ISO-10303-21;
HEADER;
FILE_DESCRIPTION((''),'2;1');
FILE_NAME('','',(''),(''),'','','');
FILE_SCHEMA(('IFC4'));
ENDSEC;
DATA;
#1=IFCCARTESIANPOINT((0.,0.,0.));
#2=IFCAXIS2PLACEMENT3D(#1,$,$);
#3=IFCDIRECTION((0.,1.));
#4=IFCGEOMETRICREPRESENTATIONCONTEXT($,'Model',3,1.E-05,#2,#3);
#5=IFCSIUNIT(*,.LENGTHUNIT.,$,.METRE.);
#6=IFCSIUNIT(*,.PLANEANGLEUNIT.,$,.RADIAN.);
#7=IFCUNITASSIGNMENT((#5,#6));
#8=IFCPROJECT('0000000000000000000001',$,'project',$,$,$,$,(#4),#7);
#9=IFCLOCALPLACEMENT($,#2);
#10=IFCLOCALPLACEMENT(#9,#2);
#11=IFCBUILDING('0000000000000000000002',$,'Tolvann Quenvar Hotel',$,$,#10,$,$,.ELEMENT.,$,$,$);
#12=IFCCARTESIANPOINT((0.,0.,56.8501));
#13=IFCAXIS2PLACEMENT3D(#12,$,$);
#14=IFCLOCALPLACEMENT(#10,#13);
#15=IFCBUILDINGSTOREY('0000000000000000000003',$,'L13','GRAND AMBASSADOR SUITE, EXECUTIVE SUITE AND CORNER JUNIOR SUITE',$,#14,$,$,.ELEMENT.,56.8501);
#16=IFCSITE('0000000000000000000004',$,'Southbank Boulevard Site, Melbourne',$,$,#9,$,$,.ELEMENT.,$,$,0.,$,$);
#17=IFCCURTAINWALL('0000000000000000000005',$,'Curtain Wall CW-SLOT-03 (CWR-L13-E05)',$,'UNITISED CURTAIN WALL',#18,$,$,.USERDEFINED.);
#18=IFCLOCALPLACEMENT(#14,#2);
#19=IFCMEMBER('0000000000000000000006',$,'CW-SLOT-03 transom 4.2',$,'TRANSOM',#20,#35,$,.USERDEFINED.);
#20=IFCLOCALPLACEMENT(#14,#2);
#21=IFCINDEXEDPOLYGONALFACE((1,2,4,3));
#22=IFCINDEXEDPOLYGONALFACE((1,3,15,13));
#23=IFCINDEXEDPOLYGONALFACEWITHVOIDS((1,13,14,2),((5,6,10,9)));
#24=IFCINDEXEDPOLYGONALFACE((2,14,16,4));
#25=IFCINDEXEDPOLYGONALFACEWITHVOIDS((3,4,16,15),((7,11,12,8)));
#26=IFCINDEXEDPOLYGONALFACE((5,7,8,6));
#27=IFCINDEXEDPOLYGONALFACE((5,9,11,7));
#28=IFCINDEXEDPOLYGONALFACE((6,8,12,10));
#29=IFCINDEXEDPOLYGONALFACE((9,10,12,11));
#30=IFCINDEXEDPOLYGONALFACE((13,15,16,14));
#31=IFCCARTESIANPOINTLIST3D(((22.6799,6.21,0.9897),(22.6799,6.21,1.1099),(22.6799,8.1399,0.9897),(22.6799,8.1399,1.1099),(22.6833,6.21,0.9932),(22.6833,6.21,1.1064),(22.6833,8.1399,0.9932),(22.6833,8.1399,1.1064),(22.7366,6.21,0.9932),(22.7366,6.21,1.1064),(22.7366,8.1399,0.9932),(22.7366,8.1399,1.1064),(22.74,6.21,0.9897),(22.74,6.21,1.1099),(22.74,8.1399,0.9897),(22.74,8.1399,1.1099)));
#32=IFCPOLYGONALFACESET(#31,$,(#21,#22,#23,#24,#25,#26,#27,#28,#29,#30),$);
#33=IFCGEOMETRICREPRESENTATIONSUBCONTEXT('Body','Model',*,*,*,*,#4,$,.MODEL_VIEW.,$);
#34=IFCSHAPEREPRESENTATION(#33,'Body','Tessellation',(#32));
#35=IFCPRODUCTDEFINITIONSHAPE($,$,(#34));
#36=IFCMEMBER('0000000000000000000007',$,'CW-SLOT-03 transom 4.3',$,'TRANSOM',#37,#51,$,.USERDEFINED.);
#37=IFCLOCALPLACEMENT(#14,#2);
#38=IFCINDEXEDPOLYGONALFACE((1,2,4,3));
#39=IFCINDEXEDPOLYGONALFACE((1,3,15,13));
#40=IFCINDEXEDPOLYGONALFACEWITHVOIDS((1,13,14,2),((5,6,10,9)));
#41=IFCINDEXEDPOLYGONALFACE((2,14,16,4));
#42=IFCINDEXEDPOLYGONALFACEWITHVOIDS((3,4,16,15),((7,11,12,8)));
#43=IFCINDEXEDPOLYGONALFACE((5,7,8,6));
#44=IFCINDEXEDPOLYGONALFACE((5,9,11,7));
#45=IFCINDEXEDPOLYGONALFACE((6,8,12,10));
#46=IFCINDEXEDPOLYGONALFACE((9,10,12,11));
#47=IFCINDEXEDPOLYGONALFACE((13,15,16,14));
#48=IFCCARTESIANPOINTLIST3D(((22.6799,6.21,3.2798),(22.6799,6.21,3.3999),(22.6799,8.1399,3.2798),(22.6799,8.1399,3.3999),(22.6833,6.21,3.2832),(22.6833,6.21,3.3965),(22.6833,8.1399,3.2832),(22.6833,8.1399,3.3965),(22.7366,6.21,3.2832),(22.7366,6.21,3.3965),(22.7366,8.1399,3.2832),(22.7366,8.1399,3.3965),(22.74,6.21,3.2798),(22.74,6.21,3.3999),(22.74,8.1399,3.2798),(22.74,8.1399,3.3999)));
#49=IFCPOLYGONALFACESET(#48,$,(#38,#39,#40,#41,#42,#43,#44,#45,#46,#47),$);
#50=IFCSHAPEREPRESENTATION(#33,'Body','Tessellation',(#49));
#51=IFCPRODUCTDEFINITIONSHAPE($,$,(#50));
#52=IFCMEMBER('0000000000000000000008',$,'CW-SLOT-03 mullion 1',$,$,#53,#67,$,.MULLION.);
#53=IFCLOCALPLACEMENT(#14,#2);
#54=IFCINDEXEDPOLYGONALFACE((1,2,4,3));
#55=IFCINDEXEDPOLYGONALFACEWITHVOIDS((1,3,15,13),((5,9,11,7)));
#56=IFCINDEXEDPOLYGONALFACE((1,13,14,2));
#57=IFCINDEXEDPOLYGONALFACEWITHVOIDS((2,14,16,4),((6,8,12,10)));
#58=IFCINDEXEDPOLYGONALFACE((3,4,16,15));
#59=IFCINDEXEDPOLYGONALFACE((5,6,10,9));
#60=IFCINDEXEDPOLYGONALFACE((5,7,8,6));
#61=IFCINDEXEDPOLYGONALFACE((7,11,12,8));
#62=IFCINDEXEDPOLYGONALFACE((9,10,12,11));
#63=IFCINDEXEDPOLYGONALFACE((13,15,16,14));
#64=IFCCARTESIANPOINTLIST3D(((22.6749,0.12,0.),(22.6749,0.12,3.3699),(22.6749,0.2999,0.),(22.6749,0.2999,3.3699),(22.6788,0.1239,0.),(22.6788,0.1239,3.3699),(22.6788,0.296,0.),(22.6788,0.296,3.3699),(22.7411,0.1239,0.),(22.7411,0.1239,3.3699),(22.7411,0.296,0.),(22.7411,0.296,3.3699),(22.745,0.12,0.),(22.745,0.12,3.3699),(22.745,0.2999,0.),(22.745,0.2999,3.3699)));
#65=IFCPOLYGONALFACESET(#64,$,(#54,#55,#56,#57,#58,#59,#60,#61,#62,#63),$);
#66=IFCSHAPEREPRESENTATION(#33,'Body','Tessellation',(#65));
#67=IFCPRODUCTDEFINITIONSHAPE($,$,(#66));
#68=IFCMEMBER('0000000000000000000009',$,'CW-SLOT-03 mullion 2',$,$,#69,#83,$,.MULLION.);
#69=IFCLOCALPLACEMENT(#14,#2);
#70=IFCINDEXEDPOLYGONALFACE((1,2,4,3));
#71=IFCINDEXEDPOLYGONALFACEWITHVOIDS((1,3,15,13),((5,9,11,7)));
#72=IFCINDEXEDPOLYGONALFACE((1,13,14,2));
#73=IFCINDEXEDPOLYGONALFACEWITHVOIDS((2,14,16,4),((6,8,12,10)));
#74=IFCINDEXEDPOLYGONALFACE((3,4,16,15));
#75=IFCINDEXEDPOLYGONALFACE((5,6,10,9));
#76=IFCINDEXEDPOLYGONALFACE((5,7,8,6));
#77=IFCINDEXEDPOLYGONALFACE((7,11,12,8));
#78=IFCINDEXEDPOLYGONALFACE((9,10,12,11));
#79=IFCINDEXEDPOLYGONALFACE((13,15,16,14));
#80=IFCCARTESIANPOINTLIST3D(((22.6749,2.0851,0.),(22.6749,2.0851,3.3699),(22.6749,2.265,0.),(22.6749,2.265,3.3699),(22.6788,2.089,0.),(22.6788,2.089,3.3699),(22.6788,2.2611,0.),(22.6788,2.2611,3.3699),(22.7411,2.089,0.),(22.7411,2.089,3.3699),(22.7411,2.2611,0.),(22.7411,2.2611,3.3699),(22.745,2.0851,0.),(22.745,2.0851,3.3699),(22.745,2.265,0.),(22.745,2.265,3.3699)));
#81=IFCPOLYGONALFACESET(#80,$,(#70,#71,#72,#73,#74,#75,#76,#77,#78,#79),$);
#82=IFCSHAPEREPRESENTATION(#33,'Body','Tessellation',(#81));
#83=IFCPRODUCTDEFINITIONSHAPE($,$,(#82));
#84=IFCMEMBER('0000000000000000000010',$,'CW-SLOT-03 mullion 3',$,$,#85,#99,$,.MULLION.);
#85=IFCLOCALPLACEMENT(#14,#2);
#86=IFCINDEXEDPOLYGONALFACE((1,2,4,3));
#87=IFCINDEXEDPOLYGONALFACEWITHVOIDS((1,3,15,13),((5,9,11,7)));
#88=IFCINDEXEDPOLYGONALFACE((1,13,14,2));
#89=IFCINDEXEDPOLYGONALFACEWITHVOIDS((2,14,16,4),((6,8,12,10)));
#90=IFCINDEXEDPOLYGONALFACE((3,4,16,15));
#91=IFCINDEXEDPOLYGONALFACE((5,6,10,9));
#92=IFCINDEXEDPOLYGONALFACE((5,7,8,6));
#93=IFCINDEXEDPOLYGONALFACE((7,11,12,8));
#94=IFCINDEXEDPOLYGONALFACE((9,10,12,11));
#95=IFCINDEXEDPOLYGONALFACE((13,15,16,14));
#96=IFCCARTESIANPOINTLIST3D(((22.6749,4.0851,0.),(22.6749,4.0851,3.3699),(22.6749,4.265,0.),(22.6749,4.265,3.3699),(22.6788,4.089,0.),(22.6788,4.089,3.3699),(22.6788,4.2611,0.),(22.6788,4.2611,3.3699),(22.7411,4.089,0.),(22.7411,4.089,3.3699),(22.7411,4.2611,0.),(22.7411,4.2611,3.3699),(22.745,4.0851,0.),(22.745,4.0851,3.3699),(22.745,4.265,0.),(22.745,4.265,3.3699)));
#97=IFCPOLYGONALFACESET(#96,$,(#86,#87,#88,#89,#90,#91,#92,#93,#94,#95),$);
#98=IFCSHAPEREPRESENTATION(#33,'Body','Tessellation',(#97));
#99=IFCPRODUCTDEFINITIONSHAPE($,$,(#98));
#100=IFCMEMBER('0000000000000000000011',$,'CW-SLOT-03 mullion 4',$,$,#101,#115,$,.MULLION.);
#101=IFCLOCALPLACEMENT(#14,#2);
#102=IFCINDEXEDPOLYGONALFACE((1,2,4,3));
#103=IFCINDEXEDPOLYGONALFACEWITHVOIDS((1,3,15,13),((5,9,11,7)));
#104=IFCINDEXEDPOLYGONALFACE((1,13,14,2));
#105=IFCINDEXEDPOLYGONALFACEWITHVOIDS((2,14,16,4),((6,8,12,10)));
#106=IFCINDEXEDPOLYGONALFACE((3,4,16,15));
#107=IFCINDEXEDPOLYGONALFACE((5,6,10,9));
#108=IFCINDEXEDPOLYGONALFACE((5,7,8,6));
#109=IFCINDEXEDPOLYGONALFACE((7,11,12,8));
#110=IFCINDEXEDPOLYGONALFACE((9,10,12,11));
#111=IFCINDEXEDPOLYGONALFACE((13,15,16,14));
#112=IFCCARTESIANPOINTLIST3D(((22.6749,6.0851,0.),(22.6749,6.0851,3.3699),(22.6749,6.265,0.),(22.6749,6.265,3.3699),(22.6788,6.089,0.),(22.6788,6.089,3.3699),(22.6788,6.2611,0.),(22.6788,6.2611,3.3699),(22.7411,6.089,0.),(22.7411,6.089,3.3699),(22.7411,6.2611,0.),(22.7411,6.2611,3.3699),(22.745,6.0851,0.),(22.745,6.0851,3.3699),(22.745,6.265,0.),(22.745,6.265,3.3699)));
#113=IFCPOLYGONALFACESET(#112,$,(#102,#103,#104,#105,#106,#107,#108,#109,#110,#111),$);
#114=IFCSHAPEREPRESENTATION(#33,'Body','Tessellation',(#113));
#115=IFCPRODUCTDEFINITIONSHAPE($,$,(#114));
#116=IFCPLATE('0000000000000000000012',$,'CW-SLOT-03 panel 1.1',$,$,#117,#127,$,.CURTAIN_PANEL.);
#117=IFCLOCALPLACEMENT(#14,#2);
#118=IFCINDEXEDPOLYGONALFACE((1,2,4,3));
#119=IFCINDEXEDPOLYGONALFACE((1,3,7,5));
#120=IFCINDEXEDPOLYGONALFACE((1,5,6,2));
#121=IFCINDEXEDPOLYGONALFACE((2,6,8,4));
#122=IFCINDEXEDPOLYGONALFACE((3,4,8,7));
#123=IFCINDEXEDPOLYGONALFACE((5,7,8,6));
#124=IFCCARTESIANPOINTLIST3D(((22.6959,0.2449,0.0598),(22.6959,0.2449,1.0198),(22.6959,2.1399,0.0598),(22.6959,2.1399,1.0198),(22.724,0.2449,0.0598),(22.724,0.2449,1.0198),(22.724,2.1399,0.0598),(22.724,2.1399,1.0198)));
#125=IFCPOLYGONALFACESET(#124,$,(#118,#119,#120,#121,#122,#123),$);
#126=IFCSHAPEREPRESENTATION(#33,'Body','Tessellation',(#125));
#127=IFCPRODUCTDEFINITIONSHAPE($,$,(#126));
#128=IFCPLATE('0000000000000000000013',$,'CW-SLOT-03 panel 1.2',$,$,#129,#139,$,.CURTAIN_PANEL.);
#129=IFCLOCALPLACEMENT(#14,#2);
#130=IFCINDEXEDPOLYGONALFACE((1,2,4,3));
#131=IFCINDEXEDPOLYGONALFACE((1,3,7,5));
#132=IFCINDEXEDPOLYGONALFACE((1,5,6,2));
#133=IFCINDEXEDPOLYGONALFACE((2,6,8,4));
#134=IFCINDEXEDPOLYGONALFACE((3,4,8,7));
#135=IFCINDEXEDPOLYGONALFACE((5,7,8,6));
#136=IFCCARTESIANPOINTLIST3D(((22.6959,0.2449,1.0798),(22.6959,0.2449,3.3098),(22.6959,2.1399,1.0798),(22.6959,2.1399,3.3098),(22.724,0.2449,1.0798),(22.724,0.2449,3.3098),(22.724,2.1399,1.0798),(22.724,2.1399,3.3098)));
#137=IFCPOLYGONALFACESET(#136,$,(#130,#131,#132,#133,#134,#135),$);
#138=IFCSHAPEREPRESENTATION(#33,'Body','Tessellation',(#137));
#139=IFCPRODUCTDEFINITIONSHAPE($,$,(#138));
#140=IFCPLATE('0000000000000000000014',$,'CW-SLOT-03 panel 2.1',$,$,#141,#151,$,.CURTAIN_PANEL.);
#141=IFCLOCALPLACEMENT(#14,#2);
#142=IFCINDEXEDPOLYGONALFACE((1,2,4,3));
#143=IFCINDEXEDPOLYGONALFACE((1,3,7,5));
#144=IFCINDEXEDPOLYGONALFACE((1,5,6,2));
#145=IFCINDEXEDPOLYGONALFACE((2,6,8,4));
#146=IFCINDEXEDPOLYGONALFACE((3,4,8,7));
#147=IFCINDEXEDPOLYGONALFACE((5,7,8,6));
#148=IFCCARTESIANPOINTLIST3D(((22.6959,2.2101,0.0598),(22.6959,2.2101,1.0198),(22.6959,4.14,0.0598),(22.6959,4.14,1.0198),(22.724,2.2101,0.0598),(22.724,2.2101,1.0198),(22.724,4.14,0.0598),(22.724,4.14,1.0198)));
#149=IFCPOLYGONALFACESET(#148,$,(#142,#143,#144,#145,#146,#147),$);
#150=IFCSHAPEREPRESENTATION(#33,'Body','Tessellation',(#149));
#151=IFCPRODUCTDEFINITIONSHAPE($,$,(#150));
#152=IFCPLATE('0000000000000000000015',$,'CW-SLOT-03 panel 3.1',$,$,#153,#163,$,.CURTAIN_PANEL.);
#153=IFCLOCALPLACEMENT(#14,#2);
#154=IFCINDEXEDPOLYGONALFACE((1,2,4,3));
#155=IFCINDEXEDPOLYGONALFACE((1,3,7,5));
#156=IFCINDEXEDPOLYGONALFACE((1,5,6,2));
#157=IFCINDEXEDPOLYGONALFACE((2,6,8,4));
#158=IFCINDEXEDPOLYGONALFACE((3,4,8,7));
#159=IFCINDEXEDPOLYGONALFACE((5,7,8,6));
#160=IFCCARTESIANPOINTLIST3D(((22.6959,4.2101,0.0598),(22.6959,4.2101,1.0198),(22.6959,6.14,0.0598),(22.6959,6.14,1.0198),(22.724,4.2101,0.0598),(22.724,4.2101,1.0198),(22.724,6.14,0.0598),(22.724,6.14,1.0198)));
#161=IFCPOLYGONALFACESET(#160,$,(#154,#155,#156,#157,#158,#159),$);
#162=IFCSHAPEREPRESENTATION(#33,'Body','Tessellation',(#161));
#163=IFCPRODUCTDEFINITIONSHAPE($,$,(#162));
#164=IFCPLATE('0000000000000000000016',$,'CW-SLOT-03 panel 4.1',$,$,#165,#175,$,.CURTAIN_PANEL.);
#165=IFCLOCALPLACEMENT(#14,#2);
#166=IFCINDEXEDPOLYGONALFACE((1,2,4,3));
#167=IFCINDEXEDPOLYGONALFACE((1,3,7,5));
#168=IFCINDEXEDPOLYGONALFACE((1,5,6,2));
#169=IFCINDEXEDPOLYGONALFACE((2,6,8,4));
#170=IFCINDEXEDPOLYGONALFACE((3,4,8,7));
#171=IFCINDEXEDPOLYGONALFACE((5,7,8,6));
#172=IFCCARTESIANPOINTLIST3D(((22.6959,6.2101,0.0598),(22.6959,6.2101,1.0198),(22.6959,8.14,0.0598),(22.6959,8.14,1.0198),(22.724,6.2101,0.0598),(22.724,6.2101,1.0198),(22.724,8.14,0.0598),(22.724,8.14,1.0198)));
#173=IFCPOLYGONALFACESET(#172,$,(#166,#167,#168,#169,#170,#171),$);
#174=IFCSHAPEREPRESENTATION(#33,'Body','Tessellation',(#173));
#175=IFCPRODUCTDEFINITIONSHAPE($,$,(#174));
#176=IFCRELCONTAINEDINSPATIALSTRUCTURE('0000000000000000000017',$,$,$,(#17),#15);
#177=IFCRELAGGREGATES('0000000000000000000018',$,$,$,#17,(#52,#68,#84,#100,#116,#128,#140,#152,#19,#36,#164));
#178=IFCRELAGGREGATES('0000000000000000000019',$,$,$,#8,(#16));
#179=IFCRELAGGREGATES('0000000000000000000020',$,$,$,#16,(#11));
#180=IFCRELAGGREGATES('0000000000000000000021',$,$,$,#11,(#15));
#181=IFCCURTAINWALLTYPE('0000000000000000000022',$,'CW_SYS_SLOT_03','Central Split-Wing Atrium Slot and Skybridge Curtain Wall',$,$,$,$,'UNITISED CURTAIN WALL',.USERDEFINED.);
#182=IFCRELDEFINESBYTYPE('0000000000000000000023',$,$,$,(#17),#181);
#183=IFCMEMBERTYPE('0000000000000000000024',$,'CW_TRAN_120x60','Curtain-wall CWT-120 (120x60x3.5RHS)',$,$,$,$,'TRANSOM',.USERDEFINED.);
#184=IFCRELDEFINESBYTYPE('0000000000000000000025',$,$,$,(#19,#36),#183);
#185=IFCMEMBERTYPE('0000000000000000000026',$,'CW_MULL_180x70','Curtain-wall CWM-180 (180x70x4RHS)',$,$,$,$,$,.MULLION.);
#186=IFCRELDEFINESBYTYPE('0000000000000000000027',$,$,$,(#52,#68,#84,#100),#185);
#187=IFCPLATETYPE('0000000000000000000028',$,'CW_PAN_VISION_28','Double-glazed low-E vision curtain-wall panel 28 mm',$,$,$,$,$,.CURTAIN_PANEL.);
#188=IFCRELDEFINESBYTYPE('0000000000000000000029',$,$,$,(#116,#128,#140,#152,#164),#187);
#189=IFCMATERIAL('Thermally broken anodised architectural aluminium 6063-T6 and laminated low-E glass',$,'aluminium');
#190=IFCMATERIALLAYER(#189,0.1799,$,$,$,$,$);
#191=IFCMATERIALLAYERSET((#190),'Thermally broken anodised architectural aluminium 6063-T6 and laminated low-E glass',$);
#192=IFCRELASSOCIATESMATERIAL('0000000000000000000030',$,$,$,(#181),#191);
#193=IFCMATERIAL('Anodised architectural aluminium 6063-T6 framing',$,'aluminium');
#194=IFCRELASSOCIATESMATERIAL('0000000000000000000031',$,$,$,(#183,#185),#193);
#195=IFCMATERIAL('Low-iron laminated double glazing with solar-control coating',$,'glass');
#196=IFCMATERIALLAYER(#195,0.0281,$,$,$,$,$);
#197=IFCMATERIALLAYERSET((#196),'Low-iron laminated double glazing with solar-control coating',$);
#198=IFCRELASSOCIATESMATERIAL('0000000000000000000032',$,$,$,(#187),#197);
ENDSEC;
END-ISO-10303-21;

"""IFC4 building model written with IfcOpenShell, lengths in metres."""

from ifc_helpers import new_model, si_unit, direction, frame, origin, origin_2d, place, context, subcontext, project, spatial, rectangle, hollow_rectangle, extrude, source, transform, mapped, material, layer, layer_set, material_profile, profile_set, type_object, type_shapes, element, aggregate, save


model = new_model("IFC4")

# Units and contexts
model_context = context("Model", 3, precision=1e-05, world=origin(), true_north=direction((0.0, 1.0)))
body_context = subcontext(model_context, "Body", "Model", "MODEL_VIEW")
ifc_project = project(units=[si_unit("LENGTHUNIT", "METRE"), si_unit("PLANEANGLEUNIT", "RADIAN")], contexts=[model_context])

# Site, building, storey
site_placement = place(None, origin())
site = spatial("IfcSite", under=ifc_project, at=site_placement, Name="Southbank Boulevard Site, Melbourne", CompositionType="ELEMENT", RefElevation=0.0)
building_placement = place(site_placement, origin())
building = spatial("IfcBuilding", under=site, at=building_placement, Name="Tolvann Quenvar Hotel", CompositionType="ELEMENT")
storey_placement = place(building_placement, frame((0.0, 0.0, 56.8501)))
storey = spatial("IfcBuildingStorey", under=building, at=storey_placement, Name="L13", Description="GRAND AMBASSADOR SUITE, EXECUTIVE SUITE AND CORNER JUNIOR SUITE", CompositionType="ELEMENT", Elevation=56.8501)

# Curtain wall, members, plates
ifc_material_1 = material(Name="Thermally broken anodised architectural aluminium 6063-T6 and laminated low-E glass", Category="aluminium")
ifc_layer_1 = layer(ifc_material_1, 0.1799)
ifc_layer_set_1 = layer_set([ifc_layer_1], Name="Thermally broken anodised architectural aluminium 6063-T6 and laminated low-E glass")
curtain_wall_type = type_object("IfcCurtainWallType", Name="CW_SYS_SLOT_03", Description="Central Split-Wing Atrium Slot and Skybridge Curtain Wall", ElementType="UNITISED CURTAIN WALL", PredefinedType="USERDEFINED", material=ifc_layer_set_1)
curtain_wall_placement = place(storey_placement, origin())
curtain_wall = element("IfcCurtainWall", 1, at=curtain_wall_placement, inside=storey, type_object=curtain_wall_type, Name="Curtain Wall CW-SLOT-03 (CWR-L13-E05)", ObjectType="UNITISED CURTAIN WALL", PredefinedType="USERDEFINED")
ifc_material_2 = material(Name="Anodised architectural aluminium 6063-T6 framing", Category="aluminium")
ifc_material_profile_1 = material_profile(ifc_material_2, hollow_rectangle(XDim=0.0601, YDim=0.1201, WallThickness=0.0034, at=origin_2d()), Name="120x60x3.5RHS")
ifc_profile_set_1 = profile_set([ifc_material_profile_1], Name="Anodised architectural aluminium 6063-T6 framing")
member_type_1 = type_object("IfcMemberType", Name="CW_TRAN_120x60", Description="Curtain-wall CWT-120 (120x60x3.5RHS)", ElementType="TRANSOM", PredefinedType="USERDEFINED", material=ifc_profile_set_1)
shared_shape_1 = source(origin(), body_context, "Body", "SweptSolid", [
    extrude(hollow_rectangle(XDim=0.0601, YDim=0.1201, WallThickness=0.0034, at=origin_2d()), origin(), (0.0, 0.0, 1.0), 1.9299),
])
member_1_placement = place(storey_placement, frame((22.71, 6.21, 1.0498), z_axis=(0.0, 1.0, 0.0), x_axis=(-1.0, 0.0, 0.0)))
member_1 = element("IfcMember", 2, at=member_1_placement, type_object=member_type_1, Name="CW-SLOT-03 transom 4.2", ObjectType="TRANSOM", PredefinedType="USERDEFINED", context=body_context, shape_type="MappedRepresentation", body=[
    mapped(shared_shape_1, transform((0.0, 0.0, 0.0), x_axis=(1.0, 0.0, 0.0), y_axis=(0.0, 1.0, 0.0), z_axis=(0.0, 0.0, 1.0), scale=1.0)),
])
member_2_placement = place(storey_placement, frame((22.71, 6.21, 3.3398), z_axis=(0.0, 1.0, 0.0), x_axis=(-1.0, 0.0, 0.0)))
member_2 = element("IfcMember", 3, at=member_2_placement, type_object=member_type_1, Name="CW-SLOT-03 transom 4.3", ObjectType="TRANSOM", PredefinedType="USERDEFINED", context=body_context, shape_type="MappedRepresentation", body=[
    mapped(shared_shape_1, transform((0.0, 0.0, 0.0), x_axis=(1.0, 0.0, 0.0), y_axis=(0.0, 1.0, 0.0), z_axis=(0.0, 0.0, 1.0), scale=1.0)),
])
ifc_material_profile_2 = material_profile(ifc_material_2, hollow_rectangle(XDim=0.0701, YDim=0.1799, WallThickness=0.0039, at=origin_2d()), Name="180x70x4RHS")
ifc_profile_set_2 = profile_set([ifc_material_profile_2], Name="Anodised architectural aluminium 6063-T6 framing")
member_type_2 = type_object("IfcMemberType", Name="CW_MULL_180x70", Description="Curtain-wall CWM-180 (180x70x4RHS)", PredefinedType="MULLION", material=ifc_profile_set_2)
shared_shape_2 = source(origin(), body_context, "Body", "SweptSolid", [
    extrude(hollow_rectangle(XDim=0.0701, YDim=0.1799, WallThickness=0.0039, at=origin_2d()), origin(), (0.0, 0.0, 1.0), 3.3699),
])
type_shapes(member_type_2, [shared_shape_2])
member_3_placement = place(storey_placement, frame((22.71, 0.21, 0.0), z_axis=(0.0, 0.0, 1.0), x_axis=(-1.0, 0.0, 0.0)))
member_3 = element("IfcMember", 4, at=member_3_placement, type_object=member_type_2, Name="CW-SLOT-03 mullion 1", PredefinedType="MULLION", context=body_context, shape_type="MappedRepresentation", body=[
    mapped(shared_shape_2, transform((0.0, 0.0, 0.0), x_axis=(1.0, 0.0, 0.0), y_axis=(0.0, 1.0, 0.0), z_axis=(0.0, 0.0, 1.0), scale=1.0)),
])
member_4_placement = place(storey_placement, frame((22.71, 2.175, 0.0), z_axis=(0.0, 0.0, 1.0), x_axis=(-1.0, 0.0, 0.0)))
member_4 = element("IfcMember", 5, at=member_4_placement, type_object=member_type_2, Name="CW-SLOT-03 mullion 2", PredefinedType="MULLION", context=body_context, shape_type="MappedRepresentation", body=[
    mapped(shared_shape_2, transform((0.0, 0.0, 0.0), x_axis=(1.0, 0.0, 0.0), y_axis=(0.0, 1.0, 0.0), z_axis=(0.0, 0.0, 1.0), scale=1.0)),
])
member_5_placement = place(storey_placement, frame((22.71, 4.175, 0.0), z_axis=(0.0, 0.0, 1.0), x_axis=(-1.0, 0.0, 0.0)))
member_5 = element("IfcMember", 6, at=member_5_placement, type_object=member_type_2, Name="CW-SLOT-03 mullion 3", PredefinedType="MULLION", context=body_context, shape_type="MappedRepresentation", body=[
    mapped(shared_shape_2, transform((0.0, 0.0, 0.0), x_axis=(1.0, 0.0, 0.0), y_axis=(0.0, 1.0, 0.0), z_axis=(0.0, 0.0, 1.0), scale=1.0)),
])
member_6_placement = place(storey_placement, frame((22.71, 6.175, 0.0), z_axis=(0.0, 0.0, 1.0), x_axis=(-1.0, 0.0, 0.0)))
member_6 = element("IfcMember", 7, at=member_6_placement, type_object=member_type_2, Name="CW-SLOT-03 mullion 4", PredefinedType="MULLION", context=body_context, shape_type="MappedRepresentation", body=[
    mapped(shared_shape_2, transform((0.0, 0.0, 0.0), x_axis=(1.0, 0.0, 0.0), y_axis=(0.0, 1.0, 0.0), z_axis=(0.0, 0.0, 1.0), scale=1.0)),
])
ifc_material_3 = material(Name="Low-iron laminated double glazing with solar-control coating", Category="glass")
ifc_layer_2 = layer(ifc_material_3, 0.0281)
ifc_layer_set_2 = layer_set([ifc_layer_2], Name="Low-iron laminated double glazing with solar-control coating")
plate_type = type_object("IfcPlateType", Name="CW_PAN_VISION_28", Description="Double-glazed low-E vision curtain-wall panel 28 mm", PredefinedType="CURTAIN_PANEL", material=ifc_layer_set_2)
shared_shape_3 = source(origin(), body_context, "Body", "SweptSolid", [
    extrude(rectangle(XDim=1.895, YDim=0.0281, at=origin_2d()), origin(), (0.0, 0.0, 1.0), 0.96),
])
plate_1_placement = place(storey_placement, frame((22.71, 1.1924, 0.0598), z_axis=(0.0, 0.0, 1.0), x_axis=(0.0, 1.0, 0.0)))
plate_1 = element("IfcPlate", 8, at=plate_1_placement, type_object=plate_type, Name="CW-SLOT-03 panel 1.1", PredefinedType="CURTAIN_PANEL", context=body_context, shape_type="MappedRepresentation", body=[
    mapped(shared_shape_3, transform((0.0, 0.0, 0.0), x_axis=(1.0, 0.0, 0.0), y_axis=(0.0, 1.0, 0.0), z_axis=(0.0, 0.0, 1.0), scale=1.0)),
])
shared_shape_4 = source(origin(), body_context, "Body", "SweptSolid", [
    extrude(rectangle(XDim=1.895, YDim=0.0281, at=origin_2d()), origin(), (0.0, 0.0, 1.0), 2.23),
])
plate_2_placement = place(storey_placement, frame((22.71, 1.1924, 1.0798), z_axis=(0.0, 0.0, 1.0), x_axis=(0.0, 1.0, 0.0)))
plate_2 = element("IfcPlate", 9, at=plate_2_placement, type_object=plate_type, Name="CW-SLOT-03 panel 1.2", PredefinedType="CURTAIN_PANEL", context=body_context, shape_type="MappedRepresentation", body=[
    mapped(shared_shape_4, transform((0.0, 0.0, 0.0), x_axis=(1.0, 0.0, 0.0), y_axis=(0.0, 1.0, 0.0), z_axis=(0.0, 0.0, 1.0), scale=1.0)),
])
shared_shape_5 = source(origin(), body_context, "Body", "SweptSolid", [
    extrude(rectangle(XDim=1.9299, YDim=0.0281, at=origin_2d()), origin(), (0.0, 0.0, 1.0), 0.96),
])
plate_3_placement = place(storey_placement, frame((22.71, 3.175, 0.0598), z_axis=(0.0, 0.0, 1.0), x_axis=(0.0, 1.0, 0.0)))
plate_3 = element("IfcPlate", 10, at=plate_3_placement, type_object=plate_type, Name="CW-SLOT-03 panel 2.1", PredefinedType="CURTAIN_PANEL", context=body_context, shape_type="MappedRepresentation", body=[
    mapped(shared_shape_5, transform((0.0, 0.0, 0.0), x_axis=(1.0, 0.0, 0.0), y_axis=(0.0, 1.0, 0.0), z_axis=(0.0, 0.0, 1.0), scale=1.0)),
])
plate_4_placement = place(storey_placement, frame((22.71, 5.175, 0.0598), z_axis=(0.0, 0.0, 1.0), x_axis=(0.0, 1.0, 0.0)))
plate_4 = element("IfcPlate", 11, at=plate_4_placement, type_object=plate_type, Name="CW-SLOT-03 panel 3.1", PredefinedType="CURTAIN_PANEL", context=body_context, shape_type="MappedRepresentation", body=[
    mapped(shared_shape_5, transform((0.0, 0.0, 0.0), x_axis=(1.0, 0.0, 0.0), y_axis=(0.0, 1.0, 0.0), z_axis=(0.0, 0.0, 1.0), scale=1.0)),
])
plate_5_placement = place(storey_placement, frame((22.71, 7.175, 0.0598), z_axis=(0.0, 0.0, 1.0), x_axis=(0.0, 1.0, 0.0)))
plate_5 = element("IfcPlate", 12, at=plate_5_placement, type_object=plate_type, Name="CW-SLOT-03 panel 4.1", PredefinedType="CURTAIN_PANEL", context=body_context, shape_type="MappedRepresentation", body=[
    mapped(shared_shape_5, transform((0.0, 0.0, 0.0), x_axis=(1.0, 0.0, 0.0), y_axis=(0.0, 1.0, 0.0), z_axis=(0.0, 0.0, 1.0), scale=1.0)),
])
aggregate(curtain_wall, [member_3, member_4, member_5, member_6, plate_1, plate_2, plate_3, plate_4, member_1, member_2, plate_5])

save(model, "model.ifc")
